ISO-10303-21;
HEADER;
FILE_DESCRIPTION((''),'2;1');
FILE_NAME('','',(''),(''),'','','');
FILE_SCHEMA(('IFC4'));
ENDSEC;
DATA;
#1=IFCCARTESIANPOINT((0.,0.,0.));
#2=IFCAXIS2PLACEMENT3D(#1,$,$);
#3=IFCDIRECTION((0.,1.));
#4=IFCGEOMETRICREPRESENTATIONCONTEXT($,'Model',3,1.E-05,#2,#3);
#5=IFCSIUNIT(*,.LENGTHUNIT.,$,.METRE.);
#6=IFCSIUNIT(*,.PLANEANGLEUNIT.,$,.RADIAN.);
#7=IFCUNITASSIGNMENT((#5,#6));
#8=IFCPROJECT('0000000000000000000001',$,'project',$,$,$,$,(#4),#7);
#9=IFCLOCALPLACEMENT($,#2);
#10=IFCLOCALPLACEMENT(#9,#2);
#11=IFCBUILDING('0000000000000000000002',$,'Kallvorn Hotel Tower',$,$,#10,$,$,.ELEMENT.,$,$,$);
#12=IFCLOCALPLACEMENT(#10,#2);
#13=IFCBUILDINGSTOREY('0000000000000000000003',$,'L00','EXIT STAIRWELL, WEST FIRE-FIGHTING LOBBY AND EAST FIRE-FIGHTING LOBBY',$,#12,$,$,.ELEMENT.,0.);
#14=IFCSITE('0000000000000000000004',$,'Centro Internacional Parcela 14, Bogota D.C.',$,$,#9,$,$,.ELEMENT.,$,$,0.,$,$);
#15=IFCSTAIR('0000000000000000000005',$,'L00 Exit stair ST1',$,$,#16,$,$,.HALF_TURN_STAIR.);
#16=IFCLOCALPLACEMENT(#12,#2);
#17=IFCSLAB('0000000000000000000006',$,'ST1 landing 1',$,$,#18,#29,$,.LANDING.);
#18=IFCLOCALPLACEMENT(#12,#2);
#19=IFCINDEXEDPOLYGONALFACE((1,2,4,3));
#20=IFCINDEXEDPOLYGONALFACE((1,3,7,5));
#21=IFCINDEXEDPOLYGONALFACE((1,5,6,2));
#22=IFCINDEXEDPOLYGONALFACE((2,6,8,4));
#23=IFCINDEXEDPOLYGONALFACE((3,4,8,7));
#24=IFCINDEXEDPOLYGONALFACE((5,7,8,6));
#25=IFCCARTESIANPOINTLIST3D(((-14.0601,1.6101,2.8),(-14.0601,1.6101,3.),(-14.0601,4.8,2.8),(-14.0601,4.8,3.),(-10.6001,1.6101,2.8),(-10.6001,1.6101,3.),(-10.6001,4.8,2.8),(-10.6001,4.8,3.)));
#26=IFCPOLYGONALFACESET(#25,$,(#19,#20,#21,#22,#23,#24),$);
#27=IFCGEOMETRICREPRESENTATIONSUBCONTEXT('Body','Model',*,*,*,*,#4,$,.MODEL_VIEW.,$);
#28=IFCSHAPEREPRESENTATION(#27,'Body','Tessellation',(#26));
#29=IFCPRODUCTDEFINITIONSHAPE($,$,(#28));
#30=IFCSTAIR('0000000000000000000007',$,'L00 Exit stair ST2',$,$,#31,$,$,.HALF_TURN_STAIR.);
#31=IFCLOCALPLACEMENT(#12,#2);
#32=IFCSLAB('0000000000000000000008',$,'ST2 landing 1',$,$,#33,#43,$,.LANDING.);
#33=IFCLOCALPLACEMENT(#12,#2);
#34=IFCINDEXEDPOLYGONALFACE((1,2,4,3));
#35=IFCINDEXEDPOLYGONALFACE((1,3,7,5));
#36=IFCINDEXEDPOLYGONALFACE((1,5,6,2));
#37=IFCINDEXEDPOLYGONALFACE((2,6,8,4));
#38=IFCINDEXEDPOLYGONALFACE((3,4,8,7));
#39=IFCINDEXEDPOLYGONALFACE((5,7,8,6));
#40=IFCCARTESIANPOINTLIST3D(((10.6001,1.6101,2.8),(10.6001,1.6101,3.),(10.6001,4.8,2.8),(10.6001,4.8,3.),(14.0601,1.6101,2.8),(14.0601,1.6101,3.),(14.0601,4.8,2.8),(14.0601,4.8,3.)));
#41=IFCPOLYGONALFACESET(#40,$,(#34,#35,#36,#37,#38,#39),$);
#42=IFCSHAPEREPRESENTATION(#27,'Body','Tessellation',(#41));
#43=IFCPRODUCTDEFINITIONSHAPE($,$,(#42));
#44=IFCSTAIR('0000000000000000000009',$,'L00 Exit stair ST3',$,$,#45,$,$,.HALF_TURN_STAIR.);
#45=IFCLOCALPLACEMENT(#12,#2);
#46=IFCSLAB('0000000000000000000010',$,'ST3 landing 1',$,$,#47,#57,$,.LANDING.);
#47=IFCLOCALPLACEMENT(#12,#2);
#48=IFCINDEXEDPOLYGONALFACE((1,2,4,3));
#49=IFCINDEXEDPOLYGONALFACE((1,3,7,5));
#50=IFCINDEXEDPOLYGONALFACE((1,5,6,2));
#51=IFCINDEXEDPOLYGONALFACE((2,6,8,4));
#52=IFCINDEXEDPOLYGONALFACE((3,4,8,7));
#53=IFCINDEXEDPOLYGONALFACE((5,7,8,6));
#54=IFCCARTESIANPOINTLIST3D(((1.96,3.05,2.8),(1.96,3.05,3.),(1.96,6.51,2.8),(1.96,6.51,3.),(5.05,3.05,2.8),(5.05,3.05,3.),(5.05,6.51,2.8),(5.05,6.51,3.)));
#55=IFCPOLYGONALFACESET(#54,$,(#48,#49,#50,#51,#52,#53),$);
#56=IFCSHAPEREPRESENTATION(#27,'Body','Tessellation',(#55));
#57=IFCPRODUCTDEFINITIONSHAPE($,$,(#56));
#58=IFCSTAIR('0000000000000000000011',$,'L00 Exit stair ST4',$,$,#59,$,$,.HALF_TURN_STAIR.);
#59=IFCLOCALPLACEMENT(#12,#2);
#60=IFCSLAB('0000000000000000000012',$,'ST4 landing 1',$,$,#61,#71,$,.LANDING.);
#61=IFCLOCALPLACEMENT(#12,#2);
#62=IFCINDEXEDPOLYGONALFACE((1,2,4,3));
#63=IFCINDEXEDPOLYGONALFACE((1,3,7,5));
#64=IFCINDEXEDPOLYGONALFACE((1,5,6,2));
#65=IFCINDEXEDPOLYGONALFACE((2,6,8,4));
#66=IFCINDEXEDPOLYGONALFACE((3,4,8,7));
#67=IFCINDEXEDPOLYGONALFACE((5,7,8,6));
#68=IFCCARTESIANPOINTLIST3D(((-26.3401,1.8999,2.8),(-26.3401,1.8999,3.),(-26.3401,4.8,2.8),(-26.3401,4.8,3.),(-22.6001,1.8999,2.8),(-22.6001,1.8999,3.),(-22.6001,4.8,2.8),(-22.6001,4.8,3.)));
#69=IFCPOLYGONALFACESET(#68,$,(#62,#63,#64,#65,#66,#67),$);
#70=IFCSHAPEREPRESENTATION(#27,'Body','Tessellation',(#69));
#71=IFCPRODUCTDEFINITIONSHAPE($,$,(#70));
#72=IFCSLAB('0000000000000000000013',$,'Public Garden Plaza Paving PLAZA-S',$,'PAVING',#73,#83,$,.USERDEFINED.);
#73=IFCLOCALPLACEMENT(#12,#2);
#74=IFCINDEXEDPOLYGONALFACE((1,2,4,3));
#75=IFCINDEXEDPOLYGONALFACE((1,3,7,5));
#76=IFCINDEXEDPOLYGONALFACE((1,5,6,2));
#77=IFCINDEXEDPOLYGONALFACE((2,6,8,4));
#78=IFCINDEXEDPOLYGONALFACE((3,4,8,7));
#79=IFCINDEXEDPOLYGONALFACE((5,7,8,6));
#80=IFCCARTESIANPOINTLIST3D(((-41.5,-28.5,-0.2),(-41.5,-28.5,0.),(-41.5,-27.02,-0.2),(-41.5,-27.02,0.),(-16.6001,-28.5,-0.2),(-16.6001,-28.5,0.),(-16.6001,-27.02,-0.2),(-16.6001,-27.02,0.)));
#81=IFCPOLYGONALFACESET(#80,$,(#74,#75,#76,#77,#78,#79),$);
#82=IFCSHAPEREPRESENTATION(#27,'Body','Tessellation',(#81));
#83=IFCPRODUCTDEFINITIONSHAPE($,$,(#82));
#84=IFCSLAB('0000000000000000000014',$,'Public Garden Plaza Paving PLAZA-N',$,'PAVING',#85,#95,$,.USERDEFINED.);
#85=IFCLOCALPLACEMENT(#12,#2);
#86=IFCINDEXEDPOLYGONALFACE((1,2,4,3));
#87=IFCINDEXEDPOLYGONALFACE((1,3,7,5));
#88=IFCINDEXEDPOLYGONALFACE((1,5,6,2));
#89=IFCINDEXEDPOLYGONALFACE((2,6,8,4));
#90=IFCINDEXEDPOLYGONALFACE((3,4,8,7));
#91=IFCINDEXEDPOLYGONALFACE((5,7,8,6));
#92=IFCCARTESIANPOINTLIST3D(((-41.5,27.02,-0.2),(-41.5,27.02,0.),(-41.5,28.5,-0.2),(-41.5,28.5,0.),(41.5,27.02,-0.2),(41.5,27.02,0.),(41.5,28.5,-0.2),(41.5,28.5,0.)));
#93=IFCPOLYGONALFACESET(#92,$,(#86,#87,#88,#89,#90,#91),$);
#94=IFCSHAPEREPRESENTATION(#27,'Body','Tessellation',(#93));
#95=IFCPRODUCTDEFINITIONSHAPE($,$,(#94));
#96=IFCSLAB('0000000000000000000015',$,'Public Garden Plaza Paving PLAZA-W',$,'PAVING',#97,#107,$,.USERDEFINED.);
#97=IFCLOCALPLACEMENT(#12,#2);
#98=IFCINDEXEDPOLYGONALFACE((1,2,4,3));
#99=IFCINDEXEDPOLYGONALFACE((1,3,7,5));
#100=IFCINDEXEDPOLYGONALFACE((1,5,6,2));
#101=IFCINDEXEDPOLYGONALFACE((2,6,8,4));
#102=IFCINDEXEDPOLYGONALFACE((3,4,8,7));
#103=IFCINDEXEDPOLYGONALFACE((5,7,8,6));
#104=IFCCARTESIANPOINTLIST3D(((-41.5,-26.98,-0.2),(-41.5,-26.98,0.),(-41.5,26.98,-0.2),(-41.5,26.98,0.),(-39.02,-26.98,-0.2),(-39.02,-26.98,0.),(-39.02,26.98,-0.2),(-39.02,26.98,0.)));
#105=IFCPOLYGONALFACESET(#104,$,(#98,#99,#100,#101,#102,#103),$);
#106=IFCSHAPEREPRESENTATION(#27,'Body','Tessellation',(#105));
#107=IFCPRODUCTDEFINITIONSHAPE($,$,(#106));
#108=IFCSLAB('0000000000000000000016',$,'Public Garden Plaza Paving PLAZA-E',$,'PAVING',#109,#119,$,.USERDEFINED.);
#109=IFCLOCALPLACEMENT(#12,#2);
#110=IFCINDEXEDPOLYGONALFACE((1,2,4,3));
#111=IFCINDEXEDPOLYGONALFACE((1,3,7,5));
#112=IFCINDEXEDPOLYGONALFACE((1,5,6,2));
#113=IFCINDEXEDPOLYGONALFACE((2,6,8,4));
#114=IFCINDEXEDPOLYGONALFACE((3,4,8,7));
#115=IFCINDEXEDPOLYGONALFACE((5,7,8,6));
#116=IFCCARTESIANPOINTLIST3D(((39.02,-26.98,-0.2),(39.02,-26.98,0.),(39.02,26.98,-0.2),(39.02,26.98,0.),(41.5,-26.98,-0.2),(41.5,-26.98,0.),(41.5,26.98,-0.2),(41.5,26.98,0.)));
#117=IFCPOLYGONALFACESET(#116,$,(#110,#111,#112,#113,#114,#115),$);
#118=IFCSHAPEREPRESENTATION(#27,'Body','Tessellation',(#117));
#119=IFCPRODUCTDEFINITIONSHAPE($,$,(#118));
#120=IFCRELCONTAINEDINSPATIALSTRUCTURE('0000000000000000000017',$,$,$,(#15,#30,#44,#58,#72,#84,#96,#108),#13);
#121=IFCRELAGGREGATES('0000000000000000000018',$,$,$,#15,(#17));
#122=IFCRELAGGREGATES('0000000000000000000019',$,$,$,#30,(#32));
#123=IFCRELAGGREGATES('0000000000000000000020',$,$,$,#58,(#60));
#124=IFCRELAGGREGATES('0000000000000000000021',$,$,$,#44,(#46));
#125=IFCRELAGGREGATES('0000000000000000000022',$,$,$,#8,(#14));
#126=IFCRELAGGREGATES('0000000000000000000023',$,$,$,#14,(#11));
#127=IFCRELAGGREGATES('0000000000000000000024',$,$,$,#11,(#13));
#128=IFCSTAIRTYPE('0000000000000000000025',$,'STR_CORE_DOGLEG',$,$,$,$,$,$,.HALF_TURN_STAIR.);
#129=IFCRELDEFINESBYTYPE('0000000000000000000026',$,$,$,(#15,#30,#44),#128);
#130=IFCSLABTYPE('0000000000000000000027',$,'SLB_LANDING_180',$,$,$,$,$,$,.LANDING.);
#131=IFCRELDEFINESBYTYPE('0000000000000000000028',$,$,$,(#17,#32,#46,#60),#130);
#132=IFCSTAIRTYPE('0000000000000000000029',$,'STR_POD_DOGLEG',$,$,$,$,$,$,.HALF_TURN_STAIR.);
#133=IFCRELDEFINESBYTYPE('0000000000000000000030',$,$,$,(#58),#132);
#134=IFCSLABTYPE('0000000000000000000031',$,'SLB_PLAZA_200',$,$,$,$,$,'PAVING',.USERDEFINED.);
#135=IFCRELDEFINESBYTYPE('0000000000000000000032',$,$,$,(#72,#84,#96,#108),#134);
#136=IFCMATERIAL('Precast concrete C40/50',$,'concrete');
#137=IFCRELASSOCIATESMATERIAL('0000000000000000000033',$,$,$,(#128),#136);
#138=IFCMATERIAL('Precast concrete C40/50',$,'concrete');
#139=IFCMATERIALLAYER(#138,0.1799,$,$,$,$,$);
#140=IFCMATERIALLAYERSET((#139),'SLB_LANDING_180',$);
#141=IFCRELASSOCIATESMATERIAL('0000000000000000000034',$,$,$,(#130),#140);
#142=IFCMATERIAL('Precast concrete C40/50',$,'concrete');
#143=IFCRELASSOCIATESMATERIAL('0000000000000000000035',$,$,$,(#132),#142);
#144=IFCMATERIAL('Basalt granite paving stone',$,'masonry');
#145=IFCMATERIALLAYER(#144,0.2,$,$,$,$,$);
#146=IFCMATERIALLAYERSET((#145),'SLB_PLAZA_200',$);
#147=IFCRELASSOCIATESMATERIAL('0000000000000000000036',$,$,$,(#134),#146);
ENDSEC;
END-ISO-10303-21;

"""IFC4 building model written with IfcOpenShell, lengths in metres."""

from ifc_helpers import new_model, si_unit, direction, frame, origin, place, context, subcontext, project, spatial, polyline, outline, extrude, material, layer, layer_set, type_object, element, aggregate, save


model = new_model("IFC4")

# Units and contexts
model_context = context("Model", 3, precision=1e-05, world=origin(), true_north=direction((0.0, 1.0)))
body_context = subcontext(model_context, "Body", "Model", "MODEL_VIEW")
ifc_project = project(units=[si_unit("LENGTHUNIT", "METRE"), si_unit("PLANEANGLEUNIT", "RADIAN")], contexts=[model_context])

# Site, building, storey
site_placement = place(None, origin())
site = spatial("IfcSite", under=ifc_project, at=site_placement, Name="Centro Internacional Parcela 14, Bogota D.C.", CompositionType="ELEMENT", RefElevation=0.0)
building_placement = place(site_placement, origin())
building = spatial("IfcBuilding", under=site, at=building_placement, Name="Kallvorn Hotel Tower", CompositionType="ELEMENT")
storey_placement = place(building_placement, origin())
storey = spatial("IfcBuildingStorey", under=building, at=storey_placement, Name="L00", Description="EXIT STAIRWELL, WEST FIRE-FIGHTING LOBBY AND EAST FIRE-FIGHTING LOBBY", CompositionType="ELEMENT", Elevation=0.0)

# Stairs, slabs
ifc_material_1 = material(Name="Precast concrete C40/50", Category="concrete")
stair_type_1 = type_object("IfcStairType", Name="STR_CORE_DOGLEG", PredefinedType="HALF_TURN_STAIR", material=ifc_material_1)
stair_1_placement = place(storey_placement, origin())
stair_1 = element("IfcStair", 1, at=stair_1_placement, inside=storey, type_object=stair_type_1, Name="L00 Exit stair ST1", PredefinedType="HALF_TURN_STAIR")
ifc_material_2 = material(Name="Precast concrete C40/50", Category="concrete")
ifc_layer_1 = layer(ifc_material_2, 0.1799)
ifc_layer_set_1 = layer_set([ifc_layer_1], Name="SLB_LANDING_180")
slab_type_1 = type_object("IfcSlabType", Name="SLB_LANDING_180", PredefinedType="LANDING", material=ifc_layer_set_1)
slab_1_placement = place(storey_placement, frame((0.0, 0.0, 2.8)))
slab_1 = element("IfcSlab", 2, at=slab_1_placement, type_object=slab_type_1, Name="ST1 landing 1", PredefinedType="LANDING", context=body_context, shape_type="SweptSolid", body=[
    extrude(outline(polyline([(-10.6001, 1.6101), (-10.6001, 4.8), (-14.0601, 4.8), (-14.0601, 1.6101), (-10.6001, 1.6101)])), origin(), (0.0, 0.0, 1.0), 0.2),
])
aggregate(stair_1, [slab_1])
stair_2_placement = place(storey_placement, origin())
stair_2 = element("IfcStair", 3, at=stair_2_placement, inside=storey, type_object=stair_type_1, Name="L00 Exit stair ST2", PredefinedType="HALF_TURN_STAIR")
slab_2_placement = place(storey_placement, frame((0.0, 0.0, 2.8)))
slab_2 = element("IfcSlab", 4, at=slab_2_placement, type_object=slab_type_1, Name="ST2 landing 1", PredefinedType="LANDING", context=body_context, shape_type="SweptSolid", body=[
    extrude(outline(polyline([(14.0601, 1.6101), (14.0601, 4.8), (10.6001, 4.8), (10.6001, 1.6101), (14.0601, 1.6101)])), origin(), (0.0, 0.0, 1.0), 0.2),
])
aggregate(stair_2, [slab_2])
stair_3_placement = place(storey_placement, origin())
stair_3 = element("IfcStair", 5, at=stair_3_placement, inside=storey, type_object=stair_type_1, Name="L00 Exit stair ST3", PredefinedType="HALF_TURN_STAIR")
slab_3_placement = place(storey_placement, frame((0.0, 0.0, 2.8)))
slab_3 = element("IfcSlab", 6, at=slab_3_placement, type_object=slab_type_1, Name="ST3 landing 1", PredefinedType="LANDING", context=body_context, shape_type="SweptSolid", body=[
    extrude(outline(polyline([(1.96, 3.05), (5.05, 3.05), (5.05, 6.51), (1.96, 6.51), (1.96, 3.05)])), origin(), (0.0, 0.0, 1.0), 0.2),
])
ifc_material_3 = material(Name="Precast concrete C40/50", Category="concrete")
stair_type_2 = type_object("IfcStairType", Name="STR_POD_DOGLEG", PredefinedType="HALF_TURN_STAIR", material=ifc_material_3)
stair_4_placement = place(storey_placement, origin())
stair_4 = element("IfcStair", 7, at=stair_4_placement, inside=storey, type_object=stair_type_2, Name="L00 Exit stair ST4", PredefinedType="HALF_TURN_STAIR")
slab_4_placement = place(storey_placement, frame((0.0, 0.0, 2.8)))
slab_4 = element("IfcSlab", 8, at=slab_4_placement, type_object=slab_type_1, Name="ST4 landing 1", PredefinedType="LANDING", context=body_context, shape_type="SweptSolid", body=[
    extrude(outline(polyline([(-22.6001, 1.8999), (-22.6001, 4.8), (-26.3401, 4.8), (-26.3401, 1.8999), (-22.6001, 1.8999)])), origin(), (0.0, 0.0, 1.0), 0.2),
])
aggregate(stair_4, [slab_4])

# Slabs
ifc_material_4 = material(Name="Basalt granite paving stone", Category="masonry")
ifc_layer_2 = layer(ifc_material_4, 0.2)
ifc_layer_set_2 = layer_set([ifc_layer_2], Name="SLB_PLAZA_200")
slab_type_2 = type_object("IfcSlabType", Name="SLB_PLAZA_200", ElementType="PAVING", PredefinedType="USERDEFINED", material=ifc_layer_set_2)
slab_5_placement = place(storey_placement, frame((0.0, 0.0, -0.2)))
element("IfcSlab", 9, at=slab_5_placement, inside=storey, type_object=slab_type_2, Name="Public Garden Plaza Paving PLAZA-S", ObjectType="PAVING", PredefinedType="USERDEFINED", context=body_context, shape_type="SweptSolid", body=[
    extrude(outline(polyline([(-41.5, -28.5), (-16.6001, -28.5), (-16.6001, -27.02), (-41.5, -27.02), (-41.5, -28.5)])), origin(), (0.0, 0.0, 1.0), 0.2),
])
slab_6_placement = place(storey_placement, frame((0.0, 0.0, -0.2)))
element("IfcSlab", 10, at=slab_6_placement, inside=storey, type_object=slab_type_2, Name="Public Garden Plaza Paving PLAZA-N", ObjectType="PAVING", PredefinedType="USERDEFINED", context=body_context, shape_type="SweptSolid", body=[
    extrude(outline(polyline([(-41.5, 27.02), (41.5, 27.02), (41.5, 28.5), (-41.5, 28.5), (-41.5, 27.02)])), origin(), (0.0, 0.0, 1.0), 0.2),
])
slab_7_placement = place(storey_placement, frame((0.0, 0.0, -0.2)))
element("IfcSlab", 11, at=slab_7_placement, inside=storey, type_object=slab_type_2, Name="Public Garden Plaza Paving PLAZA-W", ObjectType="PAVING", PredefinedType="USERDEFINED", context=body_context, shape_type="SweptSolid", body=[
    extrude(outline(polyline([(-41.5, -26.98), (-39.02, -26.98), (-39.02, 26.98), (-41.5, 26.98), (-41.5, -26.98)])), origin(), (0.0, 0.0, 1.0), 0.2),
])
slab_8_placement = place(storey_placement, frame((0.0, 0.0, -0.2)))
element("IfcSlab", 12, at=slab_8_placement, inside=storey, type_object=slab_type_2, Name="Public Garden Plaza Paving PLAZA-E", ObjectType="PAVING", PredefinedType="USERDEFINED", context=body_context, shape_type="SweptSolid", body=[
    extrude(outline(polyline([(39.02, -26.98), (41.5, -26.98), (41.5, 26.98), (39.02, 26.98), (39.02, -26.98)])), origin(), (0.0, 0.0, 1.0), 0.2),
])

aggregate(stair_3, [slab_3])

save(model, "model.ifc")
